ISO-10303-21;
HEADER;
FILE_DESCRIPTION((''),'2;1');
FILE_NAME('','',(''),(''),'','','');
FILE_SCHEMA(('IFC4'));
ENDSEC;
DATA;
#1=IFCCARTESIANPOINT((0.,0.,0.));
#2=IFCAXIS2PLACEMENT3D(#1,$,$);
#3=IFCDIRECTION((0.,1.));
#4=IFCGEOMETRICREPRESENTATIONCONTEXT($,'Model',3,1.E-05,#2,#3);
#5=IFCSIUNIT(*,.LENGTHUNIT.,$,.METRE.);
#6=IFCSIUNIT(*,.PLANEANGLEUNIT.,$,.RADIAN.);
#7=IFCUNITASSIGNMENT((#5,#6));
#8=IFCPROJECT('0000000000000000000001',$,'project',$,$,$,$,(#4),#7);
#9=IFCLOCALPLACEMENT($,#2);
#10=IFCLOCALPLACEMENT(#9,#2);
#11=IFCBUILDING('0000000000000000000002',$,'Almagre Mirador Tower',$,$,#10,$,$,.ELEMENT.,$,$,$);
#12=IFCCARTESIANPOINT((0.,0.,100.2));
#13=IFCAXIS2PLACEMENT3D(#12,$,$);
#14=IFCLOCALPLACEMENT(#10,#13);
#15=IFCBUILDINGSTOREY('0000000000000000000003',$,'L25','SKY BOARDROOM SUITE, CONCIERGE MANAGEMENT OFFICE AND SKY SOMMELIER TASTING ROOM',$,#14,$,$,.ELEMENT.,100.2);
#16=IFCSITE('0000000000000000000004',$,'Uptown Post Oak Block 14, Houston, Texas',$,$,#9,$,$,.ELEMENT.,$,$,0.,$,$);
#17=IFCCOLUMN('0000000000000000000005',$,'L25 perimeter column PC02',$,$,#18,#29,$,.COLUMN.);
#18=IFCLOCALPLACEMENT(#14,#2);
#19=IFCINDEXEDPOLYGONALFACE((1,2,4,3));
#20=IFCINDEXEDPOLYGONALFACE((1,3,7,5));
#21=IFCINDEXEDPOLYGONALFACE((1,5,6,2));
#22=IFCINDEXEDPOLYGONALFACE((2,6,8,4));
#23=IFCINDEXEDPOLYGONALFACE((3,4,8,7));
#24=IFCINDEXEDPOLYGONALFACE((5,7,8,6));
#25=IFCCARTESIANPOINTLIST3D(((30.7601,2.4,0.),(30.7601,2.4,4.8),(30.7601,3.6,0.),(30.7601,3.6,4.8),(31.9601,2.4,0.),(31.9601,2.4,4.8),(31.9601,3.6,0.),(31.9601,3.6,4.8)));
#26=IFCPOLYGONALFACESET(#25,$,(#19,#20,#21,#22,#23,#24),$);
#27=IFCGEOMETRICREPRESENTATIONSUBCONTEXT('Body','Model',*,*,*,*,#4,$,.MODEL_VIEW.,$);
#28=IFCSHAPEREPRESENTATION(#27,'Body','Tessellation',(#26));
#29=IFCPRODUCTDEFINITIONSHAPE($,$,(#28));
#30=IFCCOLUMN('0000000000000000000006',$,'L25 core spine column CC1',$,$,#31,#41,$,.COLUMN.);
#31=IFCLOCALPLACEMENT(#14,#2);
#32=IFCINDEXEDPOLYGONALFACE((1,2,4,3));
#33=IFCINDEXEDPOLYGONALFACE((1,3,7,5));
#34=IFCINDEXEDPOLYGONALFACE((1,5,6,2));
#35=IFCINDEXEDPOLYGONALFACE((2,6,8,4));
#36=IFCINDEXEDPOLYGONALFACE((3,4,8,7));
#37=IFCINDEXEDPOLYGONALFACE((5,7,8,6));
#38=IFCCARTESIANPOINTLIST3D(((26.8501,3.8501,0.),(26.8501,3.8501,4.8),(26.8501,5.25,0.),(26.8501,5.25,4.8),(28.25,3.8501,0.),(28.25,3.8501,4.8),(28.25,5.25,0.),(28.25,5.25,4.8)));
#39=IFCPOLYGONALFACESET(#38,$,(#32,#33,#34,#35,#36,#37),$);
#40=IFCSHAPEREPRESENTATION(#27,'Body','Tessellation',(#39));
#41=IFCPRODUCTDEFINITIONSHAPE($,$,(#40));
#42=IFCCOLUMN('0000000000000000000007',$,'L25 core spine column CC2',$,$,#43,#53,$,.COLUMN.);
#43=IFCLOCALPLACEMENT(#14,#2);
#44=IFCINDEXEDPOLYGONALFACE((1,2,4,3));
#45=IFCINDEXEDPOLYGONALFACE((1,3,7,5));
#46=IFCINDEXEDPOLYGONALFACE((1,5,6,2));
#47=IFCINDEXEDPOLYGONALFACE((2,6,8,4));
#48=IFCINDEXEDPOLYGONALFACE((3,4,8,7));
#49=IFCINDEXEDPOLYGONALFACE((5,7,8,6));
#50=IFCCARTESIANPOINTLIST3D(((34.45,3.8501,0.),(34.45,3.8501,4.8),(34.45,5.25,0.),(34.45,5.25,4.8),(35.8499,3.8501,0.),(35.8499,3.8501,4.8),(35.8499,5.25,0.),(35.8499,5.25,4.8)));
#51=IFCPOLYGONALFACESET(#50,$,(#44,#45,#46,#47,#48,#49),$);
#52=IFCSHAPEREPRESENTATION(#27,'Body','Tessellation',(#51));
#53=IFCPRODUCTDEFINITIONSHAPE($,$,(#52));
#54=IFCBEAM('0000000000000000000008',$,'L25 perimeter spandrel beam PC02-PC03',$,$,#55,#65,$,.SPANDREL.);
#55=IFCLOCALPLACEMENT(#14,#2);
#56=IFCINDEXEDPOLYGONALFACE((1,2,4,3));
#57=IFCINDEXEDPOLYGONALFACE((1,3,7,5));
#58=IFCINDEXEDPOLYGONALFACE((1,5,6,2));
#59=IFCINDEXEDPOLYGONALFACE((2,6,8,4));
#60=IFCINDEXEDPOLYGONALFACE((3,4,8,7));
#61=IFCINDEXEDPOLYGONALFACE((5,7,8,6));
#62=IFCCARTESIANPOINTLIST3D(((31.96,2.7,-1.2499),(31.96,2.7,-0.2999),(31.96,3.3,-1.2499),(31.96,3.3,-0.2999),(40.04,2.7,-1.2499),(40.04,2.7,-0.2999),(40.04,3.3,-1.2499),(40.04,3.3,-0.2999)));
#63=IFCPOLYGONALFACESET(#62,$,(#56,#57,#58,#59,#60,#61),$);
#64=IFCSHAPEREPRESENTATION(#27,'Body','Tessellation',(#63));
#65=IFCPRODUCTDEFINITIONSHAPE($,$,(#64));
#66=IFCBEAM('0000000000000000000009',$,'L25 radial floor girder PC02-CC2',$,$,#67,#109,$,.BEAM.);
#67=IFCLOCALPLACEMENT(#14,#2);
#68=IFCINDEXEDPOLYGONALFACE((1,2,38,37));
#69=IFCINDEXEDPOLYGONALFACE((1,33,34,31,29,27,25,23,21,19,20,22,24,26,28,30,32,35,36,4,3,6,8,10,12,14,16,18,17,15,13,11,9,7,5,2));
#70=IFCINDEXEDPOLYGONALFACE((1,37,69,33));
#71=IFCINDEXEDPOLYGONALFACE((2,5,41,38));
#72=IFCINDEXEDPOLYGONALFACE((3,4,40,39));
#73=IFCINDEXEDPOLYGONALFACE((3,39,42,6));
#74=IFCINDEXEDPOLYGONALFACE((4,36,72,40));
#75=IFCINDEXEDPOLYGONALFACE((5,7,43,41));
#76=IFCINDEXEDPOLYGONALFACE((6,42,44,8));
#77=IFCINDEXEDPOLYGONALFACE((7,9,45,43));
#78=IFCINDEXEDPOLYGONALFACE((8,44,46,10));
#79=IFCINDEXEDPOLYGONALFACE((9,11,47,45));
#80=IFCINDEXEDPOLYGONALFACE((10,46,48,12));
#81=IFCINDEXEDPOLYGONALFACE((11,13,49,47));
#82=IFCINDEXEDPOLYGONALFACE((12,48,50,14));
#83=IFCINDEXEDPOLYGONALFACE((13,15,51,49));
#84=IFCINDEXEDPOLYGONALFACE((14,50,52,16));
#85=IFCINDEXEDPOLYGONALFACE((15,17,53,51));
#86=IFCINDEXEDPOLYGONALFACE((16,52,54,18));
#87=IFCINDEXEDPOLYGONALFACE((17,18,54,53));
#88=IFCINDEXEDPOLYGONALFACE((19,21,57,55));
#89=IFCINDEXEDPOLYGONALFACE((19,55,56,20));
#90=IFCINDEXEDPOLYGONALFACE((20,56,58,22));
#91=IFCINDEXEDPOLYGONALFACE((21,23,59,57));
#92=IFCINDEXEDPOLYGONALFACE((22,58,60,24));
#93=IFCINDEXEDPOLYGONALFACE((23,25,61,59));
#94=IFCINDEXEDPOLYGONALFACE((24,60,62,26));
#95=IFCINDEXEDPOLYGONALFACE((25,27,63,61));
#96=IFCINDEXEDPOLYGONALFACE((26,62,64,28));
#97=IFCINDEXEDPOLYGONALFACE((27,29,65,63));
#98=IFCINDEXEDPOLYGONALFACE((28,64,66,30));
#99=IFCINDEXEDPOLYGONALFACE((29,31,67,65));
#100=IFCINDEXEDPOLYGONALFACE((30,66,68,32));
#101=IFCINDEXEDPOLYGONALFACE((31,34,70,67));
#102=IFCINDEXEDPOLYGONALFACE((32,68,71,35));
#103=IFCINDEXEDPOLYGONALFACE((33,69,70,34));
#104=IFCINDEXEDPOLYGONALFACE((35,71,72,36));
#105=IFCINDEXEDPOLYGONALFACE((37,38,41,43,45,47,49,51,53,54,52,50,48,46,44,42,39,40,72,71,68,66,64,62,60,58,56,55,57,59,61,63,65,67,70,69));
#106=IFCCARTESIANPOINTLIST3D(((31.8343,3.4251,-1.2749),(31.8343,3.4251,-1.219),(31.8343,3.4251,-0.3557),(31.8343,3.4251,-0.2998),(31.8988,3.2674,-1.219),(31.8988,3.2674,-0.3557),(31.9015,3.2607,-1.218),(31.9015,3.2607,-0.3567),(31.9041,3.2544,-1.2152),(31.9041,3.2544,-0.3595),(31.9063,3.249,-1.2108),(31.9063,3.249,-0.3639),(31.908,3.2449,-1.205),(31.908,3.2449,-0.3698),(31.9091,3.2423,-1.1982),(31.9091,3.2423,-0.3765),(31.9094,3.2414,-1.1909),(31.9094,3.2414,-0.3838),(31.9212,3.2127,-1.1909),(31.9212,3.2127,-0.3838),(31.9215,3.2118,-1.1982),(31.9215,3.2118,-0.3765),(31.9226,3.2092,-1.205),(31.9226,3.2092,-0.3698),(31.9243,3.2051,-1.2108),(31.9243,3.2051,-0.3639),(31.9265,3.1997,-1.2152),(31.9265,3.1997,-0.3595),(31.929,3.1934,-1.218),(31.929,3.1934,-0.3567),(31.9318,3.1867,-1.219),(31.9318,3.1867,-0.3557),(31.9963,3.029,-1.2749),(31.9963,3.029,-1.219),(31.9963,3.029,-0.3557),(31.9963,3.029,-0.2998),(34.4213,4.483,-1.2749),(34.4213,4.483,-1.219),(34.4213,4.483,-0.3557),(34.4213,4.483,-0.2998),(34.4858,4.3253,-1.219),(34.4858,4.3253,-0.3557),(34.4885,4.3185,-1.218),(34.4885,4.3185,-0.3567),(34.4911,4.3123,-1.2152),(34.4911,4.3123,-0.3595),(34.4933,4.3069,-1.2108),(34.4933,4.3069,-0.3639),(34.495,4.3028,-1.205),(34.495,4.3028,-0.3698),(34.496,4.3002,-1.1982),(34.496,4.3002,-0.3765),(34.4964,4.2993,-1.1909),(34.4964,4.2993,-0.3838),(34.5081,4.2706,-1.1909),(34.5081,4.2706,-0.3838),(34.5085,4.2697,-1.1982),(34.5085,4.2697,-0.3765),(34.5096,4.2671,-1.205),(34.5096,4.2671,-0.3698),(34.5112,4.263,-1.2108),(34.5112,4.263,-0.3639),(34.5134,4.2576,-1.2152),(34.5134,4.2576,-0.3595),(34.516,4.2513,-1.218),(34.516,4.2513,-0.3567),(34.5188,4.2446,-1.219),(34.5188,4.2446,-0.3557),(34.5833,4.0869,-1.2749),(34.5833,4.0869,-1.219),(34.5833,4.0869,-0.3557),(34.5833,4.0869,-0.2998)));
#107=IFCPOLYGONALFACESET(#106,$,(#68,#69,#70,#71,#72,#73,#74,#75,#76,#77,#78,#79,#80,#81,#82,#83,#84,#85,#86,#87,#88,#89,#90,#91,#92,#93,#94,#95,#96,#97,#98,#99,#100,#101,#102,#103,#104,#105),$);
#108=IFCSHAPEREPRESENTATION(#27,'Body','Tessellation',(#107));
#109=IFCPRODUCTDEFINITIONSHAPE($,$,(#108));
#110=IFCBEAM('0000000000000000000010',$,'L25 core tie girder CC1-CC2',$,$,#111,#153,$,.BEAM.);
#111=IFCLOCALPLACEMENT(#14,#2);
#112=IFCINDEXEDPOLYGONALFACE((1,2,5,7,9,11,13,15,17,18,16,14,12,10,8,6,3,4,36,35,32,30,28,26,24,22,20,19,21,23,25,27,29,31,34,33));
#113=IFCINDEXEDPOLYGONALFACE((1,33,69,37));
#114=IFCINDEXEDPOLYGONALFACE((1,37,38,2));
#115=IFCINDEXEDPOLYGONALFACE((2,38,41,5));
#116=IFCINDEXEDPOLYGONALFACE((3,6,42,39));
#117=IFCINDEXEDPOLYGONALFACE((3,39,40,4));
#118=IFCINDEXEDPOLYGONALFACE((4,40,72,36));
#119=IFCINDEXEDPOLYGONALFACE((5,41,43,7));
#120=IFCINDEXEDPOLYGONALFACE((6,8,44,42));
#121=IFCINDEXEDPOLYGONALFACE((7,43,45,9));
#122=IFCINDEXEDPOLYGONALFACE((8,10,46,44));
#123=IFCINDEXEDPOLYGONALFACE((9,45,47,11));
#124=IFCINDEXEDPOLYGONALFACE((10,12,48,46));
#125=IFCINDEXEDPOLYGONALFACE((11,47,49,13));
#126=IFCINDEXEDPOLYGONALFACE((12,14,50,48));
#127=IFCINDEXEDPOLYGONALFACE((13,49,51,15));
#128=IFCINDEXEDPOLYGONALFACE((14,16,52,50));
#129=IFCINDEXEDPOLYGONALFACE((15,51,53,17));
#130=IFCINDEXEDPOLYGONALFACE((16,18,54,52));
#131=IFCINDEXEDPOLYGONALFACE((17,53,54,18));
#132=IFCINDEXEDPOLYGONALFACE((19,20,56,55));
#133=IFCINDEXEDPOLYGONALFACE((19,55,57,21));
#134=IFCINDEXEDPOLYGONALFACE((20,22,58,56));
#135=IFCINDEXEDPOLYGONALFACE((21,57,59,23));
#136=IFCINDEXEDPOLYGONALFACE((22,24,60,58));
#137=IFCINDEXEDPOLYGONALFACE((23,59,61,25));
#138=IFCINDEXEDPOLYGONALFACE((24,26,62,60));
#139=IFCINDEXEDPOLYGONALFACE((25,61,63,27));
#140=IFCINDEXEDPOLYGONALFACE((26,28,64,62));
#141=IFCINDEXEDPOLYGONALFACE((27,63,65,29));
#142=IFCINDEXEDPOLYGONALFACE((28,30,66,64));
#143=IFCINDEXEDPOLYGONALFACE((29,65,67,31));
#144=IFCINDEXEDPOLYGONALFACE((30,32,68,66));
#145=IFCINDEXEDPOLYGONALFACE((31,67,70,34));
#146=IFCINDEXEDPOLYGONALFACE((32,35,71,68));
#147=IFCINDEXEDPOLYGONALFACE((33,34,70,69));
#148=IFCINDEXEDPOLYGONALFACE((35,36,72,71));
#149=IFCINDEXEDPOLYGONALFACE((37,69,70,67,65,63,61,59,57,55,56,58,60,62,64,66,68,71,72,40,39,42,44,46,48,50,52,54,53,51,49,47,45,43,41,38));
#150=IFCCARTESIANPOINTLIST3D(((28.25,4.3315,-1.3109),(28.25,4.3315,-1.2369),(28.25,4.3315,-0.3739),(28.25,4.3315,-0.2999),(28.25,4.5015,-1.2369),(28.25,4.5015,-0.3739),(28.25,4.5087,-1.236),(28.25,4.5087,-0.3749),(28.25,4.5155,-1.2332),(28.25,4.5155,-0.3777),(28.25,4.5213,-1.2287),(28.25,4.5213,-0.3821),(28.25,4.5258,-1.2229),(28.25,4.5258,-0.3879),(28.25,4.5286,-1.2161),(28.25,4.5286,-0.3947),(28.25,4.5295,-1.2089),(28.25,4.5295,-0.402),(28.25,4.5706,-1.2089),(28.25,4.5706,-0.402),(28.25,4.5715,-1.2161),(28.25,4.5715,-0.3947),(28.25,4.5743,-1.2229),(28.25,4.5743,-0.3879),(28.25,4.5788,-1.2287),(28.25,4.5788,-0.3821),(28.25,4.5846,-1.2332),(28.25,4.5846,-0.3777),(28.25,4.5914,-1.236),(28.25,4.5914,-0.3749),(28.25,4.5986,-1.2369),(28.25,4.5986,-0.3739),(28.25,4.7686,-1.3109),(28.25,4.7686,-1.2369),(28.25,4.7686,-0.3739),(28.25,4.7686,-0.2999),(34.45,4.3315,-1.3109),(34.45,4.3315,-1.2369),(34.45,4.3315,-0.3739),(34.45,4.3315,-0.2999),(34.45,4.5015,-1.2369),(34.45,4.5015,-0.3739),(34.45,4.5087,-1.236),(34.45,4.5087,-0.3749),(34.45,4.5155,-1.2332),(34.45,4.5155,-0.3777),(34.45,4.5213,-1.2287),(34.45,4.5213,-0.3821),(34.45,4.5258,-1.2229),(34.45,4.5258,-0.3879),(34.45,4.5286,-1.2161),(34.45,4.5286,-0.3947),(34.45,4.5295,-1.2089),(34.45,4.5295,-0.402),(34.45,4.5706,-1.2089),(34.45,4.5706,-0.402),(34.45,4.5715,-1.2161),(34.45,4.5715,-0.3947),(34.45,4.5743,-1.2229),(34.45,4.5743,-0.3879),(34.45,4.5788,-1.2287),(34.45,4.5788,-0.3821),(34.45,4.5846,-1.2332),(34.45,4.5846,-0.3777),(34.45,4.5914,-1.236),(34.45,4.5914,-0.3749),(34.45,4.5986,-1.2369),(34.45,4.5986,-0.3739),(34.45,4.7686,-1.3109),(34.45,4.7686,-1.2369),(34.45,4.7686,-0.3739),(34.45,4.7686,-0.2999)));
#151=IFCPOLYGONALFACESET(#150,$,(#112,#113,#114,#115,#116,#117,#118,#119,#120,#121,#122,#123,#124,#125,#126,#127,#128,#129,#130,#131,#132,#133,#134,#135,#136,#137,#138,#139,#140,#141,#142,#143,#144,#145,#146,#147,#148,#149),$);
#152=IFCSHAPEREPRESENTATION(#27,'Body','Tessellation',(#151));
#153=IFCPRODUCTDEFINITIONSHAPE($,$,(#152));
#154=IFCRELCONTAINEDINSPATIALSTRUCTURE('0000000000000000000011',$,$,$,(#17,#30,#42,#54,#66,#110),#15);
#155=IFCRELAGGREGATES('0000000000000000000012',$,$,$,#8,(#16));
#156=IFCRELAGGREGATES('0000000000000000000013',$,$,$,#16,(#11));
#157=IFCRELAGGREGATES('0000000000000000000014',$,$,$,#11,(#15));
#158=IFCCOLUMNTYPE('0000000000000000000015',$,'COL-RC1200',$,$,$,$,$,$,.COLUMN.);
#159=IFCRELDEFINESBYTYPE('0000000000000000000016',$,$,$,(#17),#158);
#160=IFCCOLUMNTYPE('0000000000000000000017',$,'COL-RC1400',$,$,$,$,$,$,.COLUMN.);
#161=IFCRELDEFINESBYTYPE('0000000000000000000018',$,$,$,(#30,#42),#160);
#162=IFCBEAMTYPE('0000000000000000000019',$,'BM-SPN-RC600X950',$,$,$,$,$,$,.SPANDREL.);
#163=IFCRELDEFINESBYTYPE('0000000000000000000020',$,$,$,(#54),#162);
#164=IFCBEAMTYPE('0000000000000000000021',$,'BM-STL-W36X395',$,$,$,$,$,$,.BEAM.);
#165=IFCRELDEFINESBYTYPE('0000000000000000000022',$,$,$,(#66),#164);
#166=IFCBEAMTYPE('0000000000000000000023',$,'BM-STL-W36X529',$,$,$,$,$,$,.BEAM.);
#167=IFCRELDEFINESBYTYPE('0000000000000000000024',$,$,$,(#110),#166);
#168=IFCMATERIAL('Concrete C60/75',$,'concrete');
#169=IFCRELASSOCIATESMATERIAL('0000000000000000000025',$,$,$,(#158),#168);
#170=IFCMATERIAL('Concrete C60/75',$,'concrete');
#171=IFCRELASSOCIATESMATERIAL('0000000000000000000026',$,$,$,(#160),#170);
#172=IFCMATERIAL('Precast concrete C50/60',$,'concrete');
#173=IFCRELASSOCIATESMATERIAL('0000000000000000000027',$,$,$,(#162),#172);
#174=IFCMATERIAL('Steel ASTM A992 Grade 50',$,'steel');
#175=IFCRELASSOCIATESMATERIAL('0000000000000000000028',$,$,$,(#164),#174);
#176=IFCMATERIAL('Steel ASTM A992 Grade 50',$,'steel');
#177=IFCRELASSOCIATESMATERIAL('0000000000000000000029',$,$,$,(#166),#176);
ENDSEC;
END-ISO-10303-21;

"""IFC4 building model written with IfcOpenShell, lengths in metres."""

from ifc_helpers import new_model, si_unit, direction, frame, origin, origin_2d, place, context, subcontext, project, spatial, rectangle, i_section, extrude, material, material_profile, profile_set, type_object, element, save


model = new_model("IFC4")

# Units and contexts
model_context = context("Model", 3, precision=1e-05, world=origin(), true_north=direction((0.0, 1.0)))
body_context = subcontext(model_context, "Body", "Model", "MODEL_VIEW")
ifc_project = project(units=[si_unit("LENGTHUNIT", "METRE"), si_unit("PLANEANGLEUNIT", "RADIAN")], contexts=[model_context])

# Site, building, storey
site_placement = place(None, origin())
site = spatial("IfcSite", under=ifc_project, at=site_placement, Name="Uptown Post Oak Block 14, Houston, Texas", CompositionType="ELEMENT", RefElevation=0.0)
building_placement = place(site_placement, origin())
building = spatial("IfcBuilding", under=site, at=building_placement, Name="Almagre Mirador Tower", CompositionType="ELEMENT")
storey_placement = place(building_placement, frame((0.0, 0.0, 100.2)))
storey = spatial("IfcBuildingStorey", under=building, at=storey_placement, Name="L25", Description="SKY BOARDROOM SUITE, CONCIERGE MANAGEMENT OFFICE AND SKY SOMMELIER TASTING ROOM", CompositionType="ELEMENT", Elevation=100.2)

# Columns
ifc_material_1 = material(Name="Concrete C60/75", Category="concrete")
ifc_material_profile_1 = material_profile(ifc_material_1, rectangle(XDim=1.2, YDim=1.2, at=origin_2d()), Name="RC1200X1200")
ifc_profile_set_1 = profile_set([ifc_material_profile_1], Name="Concrete C60/75")
column_type_1 = type_object("IfcColumnType", Name="COL-RC1200", PredefinedType="COLUMN", material=ifc_profile_set_1)
column_placement = place(storey_placement, frame((31.3601, 3.0, 0.0), z_axis=(0.0, 0.0, 1.0), x_axis=(1.0, 0.0, 0.0)))
element("IfcColumn", 1, at=column_placement, inside=storey, type_object=column_type_1, Name="L25 perimeter column PC02", PredefinedType="COLUMN", context=body_context, shape_type="SweptSolid", body=[
    extrude(rectangle(XDim=1.2, YDim=1.2, at=origin_2d()), origin(), (0.0, 0.0, 1.0), 4.8),
])
ifc_material_2 = material(Name="Concrete C60/75", Category="concrete")
ifc_material_profile_2 = material_profile(ifc_material_2, rectangle(XDim=1.3999, YDim=1.3999, at=origin_2d()), Name="RC1400X1400")
ifc_profile_set_2 = profile_set([ifc_material_profile_2], Name="Concrete C60/75")
column_type_2 = type_object("IfcColumnType", Name="COL-RC1400", PredefinedType="COLUMN", material=ifc_profile_set_2)
for number, where, z_axis, x_axis, name in (
    (2, (27.55, 4.55, 0.0), (0.0, 0.0, 1.0), (1.0, 0.0, 0.0), "L25 core spine column CC1"),
    (3, (35.1499, 4.55, 0.0), (0.0, 0.0, 1.0), (1.0, 0.0, 0.0), "L25 core spine column CC2"),
):
    element("IfcColumn", number, at=place(storey_placement, frame(where, z_axis=z_axis, x_axis=x_axis)), inside=storey, type_object=column_type_2, Name=name, PredefinedType="COLUMN", context=body_context, shape_type="SweptSolid", body=[
        extrude(rectangle(XDim=1.3999, YDim=1.3999, at=origin_2d()), origin(), (0.0, 0.0, 1.0), 4.8),
    ])

# Beams
ifc_material_3 = material(Name="Precast concrete C50/60", Category="concrete")
ifc_material_profile_3 = material_profile(ifc_material_3, rectangle(XDim=0.6001, YDim=0.95, at=origin_2d()), Name="RC600X950")
ifc_profile_set_3 = profile_set([ifc_material_profile_3], Name="Precast concrete C50/60")
beam_type_1 = type_object("IfcBeamType", Name="BM-SPN-RC600X950", PredefinedType="SPANDREL", material=ifc_profile_set_3)
beam_1_placement = place(storey_placement, frame((31.96, 3.0, -0.7749), z_axis=(1.0, 0.0, 0.0), x_axis=(0.0, 1.0, 0.0)))
element("IfcBeam", 4, at=beam_1_placement, inside=storey, type_object=beam_type_1, Name="L25 perimeter spandrel beam PC02-PC03", PredefinedType="SPANDREL", context=body_context, shape_type="SweptSolid", body=[
    extrude(rectangle(XDim=0.6001, YDim=0.95, at=origin_2d()), origin(), (0.0, 0.0, 1.0), 8.0801),
])
ifc_material_4 = material(Name="Steel ASTM A992 Grade 50", Category="steel")
ifc_material_profile_4 = material_profile(ifc_material_4, i_section(OverallWidth=0.428, OverallDepth=0.9751, WebThickness=0.031, FlangeThickness=0.0559, FilletRadius=0.0281, at=origin_2d()), Name="W36X395")
ifc_profile_set_4 = profile_set([ifc_material_profile_4], Name="Steel ASTM A992 Grade 50")
beam_type_2 = type_object("IfcBeamType", Name="BM-STL-W36X395", PredefinedType="BEAM", material=ifc_profile_set_4)
beam_2_placement = place(storey_placement, frame((31.9153, 3.2271, -0.7874), z_axis=(0.9256, 0.378504, 0.0), x_axis=(-0.378504, 0.9256, 0.0)))
element("IfcBeam", 5, at=beam_2_placement, inside=storey, type_object=beam_type_2, Name="L25 radial floor girder PC02-CC2", PredefinedType="BEAM", context=body_context, shape_type="SweptSolid", body=[
    extrude(i_section(OverallWidth=0.428, OverallDepth=0.9751, WebThickness=0.031, FlangeThickness=0.0559, FilletRadius=0.0281, at=origin_2d()), origin(), (0.0, 0.0, 1.0), 2.7949),
])
ifc_material_5 = material(Name="Steel ASTM A992 Grade 50", Category="steel")
ifc_material_profile_5 = material_profile(ifc_material_5, i_section(OverallWidth=0.437, OverallDepth=1.011, WebThickness=0.041, FlangeThickness=0.074, FilletRadius=0.0281, at=origin_2d()), Name="W36X529")
ifc_profile_set_5 = profile_set([ifc_material_profile_5], Name="Steel ASTM A992 Grade 50")
beam_type_3 = type_object("IfcBeamType", Name="BM-STL-W36X529", PredefinedType="BEAM", material=ifc_profile_set_5)
beam_3_placement = place(storey_placement, frame((28.25, 4.55, -0.8054), z_axis=(1.0, 0.0, 0.0), x_axis=(0.0, 1.0, 0.0)))
element("IfcBeam", 6, at=beam_3_placement, inside=storey, type_object=beam_type_3, Name="L25 core tie girder CC1-CC2", PredefinedType="BEAM", context=body_context, shape_type="SweptSolid", body=[
    extrude(i_section(OverallWidth=0.437, OverallDepth=1.011, WebThickness=0.041, FlangeThickness=0.074, FilletRadius=0.0281, at=origin_2d()), origin(), (0.0, 0.0, 1.0), 6.2),
])

save(model, "model.ifc")
